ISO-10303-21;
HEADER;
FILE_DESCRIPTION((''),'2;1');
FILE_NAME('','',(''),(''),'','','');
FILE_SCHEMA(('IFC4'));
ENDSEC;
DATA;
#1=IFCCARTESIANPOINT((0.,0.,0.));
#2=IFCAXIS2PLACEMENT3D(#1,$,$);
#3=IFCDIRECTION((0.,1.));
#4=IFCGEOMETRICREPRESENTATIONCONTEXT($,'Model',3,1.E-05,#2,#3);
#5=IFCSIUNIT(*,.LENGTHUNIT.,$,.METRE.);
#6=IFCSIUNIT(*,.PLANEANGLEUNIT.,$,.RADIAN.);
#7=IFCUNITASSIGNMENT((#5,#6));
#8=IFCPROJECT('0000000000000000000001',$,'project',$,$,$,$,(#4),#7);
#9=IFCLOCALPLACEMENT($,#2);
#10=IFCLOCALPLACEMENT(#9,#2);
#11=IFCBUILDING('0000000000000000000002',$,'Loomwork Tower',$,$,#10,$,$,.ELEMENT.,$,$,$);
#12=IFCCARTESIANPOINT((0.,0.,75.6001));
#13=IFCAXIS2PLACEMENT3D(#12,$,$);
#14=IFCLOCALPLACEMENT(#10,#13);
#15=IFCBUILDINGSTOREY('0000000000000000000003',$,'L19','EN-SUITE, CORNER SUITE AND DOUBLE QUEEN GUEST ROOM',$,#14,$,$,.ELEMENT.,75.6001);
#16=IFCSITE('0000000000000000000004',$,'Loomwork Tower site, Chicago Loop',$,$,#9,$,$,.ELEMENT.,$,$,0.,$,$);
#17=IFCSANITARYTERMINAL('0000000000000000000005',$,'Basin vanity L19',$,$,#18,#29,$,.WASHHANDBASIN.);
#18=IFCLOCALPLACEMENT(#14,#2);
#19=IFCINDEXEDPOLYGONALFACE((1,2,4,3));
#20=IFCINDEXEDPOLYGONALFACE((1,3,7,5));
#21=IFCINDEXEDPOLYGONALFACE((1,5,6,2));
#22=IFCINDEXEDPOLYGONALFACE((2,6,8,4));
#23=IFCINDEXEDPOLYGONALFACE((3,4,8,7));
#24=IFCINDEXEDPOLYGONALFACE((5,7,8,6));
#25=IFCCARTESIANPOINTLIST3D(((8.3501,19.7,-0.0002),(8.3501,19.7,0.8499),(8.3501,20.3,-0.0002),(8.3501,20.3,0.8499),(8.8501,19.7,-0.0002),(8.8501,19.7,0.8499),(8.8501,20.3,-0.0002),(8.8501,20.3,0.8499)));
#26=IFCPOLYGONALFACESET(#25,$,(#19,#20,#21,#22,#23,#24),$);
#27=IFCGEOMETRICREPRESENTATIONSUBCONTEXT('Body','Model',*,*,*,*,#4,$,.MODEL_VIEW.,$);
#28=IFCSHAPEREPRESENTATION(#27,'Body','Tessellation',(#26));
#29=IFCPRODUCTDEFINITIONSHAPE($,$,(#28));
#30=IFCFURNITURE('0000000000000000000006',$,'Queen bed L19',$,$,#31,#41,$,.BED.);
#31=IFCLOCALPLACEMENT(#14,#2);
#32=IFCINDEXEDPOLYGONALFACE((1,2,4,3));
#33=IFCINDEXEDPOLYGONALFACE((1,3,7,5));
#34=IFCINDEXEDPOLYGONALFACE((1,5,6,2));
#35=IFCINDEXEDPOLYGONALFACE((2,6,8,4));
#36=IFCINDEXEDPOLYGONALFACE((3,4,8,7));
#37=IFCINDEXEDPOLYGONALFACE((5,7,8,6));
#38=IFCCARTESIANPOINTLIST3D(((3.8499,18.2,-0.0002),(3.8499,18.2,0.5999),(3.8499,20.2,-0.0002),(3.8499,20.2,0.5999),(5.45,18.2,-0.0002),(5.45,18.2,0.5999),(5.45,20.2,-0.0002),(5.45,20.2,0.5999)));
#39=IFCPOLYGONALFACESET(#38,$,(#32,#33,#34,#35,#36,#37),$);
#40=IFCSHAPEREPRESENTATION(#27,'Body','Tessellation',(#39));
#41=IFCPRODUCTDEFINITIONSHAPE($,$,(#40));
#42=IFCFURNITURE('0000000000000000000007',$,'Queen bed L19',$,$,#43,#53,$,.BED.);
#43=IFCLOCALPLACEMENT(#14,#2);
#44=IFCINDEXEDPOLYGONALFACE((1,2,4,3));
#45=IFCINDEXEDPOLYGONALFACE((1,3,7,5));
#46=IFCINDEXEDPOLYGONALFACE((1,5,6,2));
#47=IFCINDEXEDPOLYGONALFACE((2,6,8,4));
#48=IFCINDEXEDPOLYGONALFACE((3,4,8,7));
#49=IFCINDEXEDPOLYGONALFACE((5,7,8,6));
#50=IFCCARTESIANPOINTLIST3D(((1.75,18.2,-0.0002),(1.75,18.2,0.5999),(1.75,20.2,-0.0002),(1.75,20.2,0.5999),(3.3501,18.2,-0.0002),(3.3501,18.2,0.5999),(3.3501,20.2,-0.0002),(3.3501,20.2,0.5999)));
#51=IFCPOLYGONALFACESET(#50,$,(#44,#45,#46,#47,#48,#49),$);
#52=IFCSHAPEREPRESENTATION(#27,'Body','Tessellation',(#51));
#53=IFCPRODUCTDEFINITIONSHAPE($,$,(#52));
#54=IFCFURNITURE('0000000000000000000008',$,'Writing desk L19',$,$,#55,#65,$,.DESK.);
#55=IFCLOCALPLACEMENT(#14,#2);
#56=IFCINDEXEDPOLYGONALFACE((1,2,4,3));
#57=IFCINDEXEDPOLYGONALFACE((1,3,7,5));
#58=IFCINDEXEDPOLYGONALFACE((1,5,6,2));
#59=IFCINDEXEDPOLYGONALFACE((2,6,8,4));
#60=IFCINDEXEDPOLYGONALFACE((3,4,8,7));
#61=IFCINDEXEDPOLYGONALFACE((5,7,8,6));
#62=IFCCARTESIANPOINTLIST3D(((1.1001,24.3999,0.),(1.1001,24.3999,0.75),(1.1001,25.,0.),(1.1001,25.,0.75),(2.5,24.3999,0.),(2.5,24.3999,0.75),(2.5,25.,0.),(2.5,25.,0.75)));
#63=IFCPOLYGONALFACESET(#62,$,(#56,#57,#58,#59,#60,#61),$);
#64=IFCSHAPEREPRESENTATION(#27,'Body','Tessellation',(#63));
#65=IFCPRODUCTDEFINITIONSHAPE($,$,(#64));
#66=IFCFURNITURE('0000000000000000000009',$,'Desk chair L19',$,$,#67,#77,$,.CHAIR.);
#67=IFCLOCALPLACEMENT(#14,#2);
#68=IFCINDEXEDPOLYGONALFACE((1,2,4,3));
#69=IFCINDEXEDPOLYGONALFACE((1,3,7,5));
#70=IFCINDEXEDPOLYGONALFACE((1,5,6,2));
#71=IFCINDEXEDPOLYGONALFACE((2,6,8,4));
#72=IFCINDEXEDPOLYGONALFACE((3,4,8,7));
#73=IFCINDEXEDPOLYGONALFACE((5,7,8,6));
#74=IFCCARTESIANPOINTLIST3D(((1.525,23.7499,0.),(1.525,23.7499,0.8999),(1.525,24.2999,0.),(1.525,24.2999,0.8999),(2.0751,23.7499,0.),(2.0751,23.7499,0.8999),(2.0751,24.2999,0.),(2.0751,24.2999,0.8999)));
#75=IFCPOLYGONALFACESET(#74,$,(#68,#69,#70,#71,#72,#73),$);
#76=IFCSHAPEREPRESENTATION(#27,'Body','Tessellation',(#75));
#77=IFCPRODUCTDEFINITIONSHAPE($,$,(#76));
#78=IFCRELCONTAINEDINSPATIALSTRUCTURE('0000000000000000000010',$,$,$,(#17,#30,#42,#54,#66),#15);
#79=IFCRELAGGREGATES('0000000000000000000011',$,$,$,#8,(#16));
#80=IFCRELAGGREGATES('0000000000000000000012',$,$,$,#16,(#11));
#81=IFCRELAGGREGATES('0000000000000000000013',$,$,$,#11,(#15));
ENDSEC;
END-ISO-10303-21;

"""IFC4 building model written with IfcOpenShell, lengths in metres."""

from ifc_helpers import new_model, si_unit, direction, frame, origin, origin_2d, place, context, subcontext, project, spatial, rectangle, extrude, element, save


model = new_model("IFC4")

# Units and contexts
model_context = context("Model", 3, precision=1e-05, world=origin(), true_north=direction((0.0, 1.0)))
body_context = subcontext(model_context, "Body", "Model", "MODEL_VIEW")
ifc_project = project(units=[si_unit("LENGTHUNIT", "METRE"), si_unit("PLANEANGLEUNIT", "RADIAN")], contexts=[model_context])

# Site, building, storey
site_placement = place(None, origin())
site = spatial("IfcSite", under=ifc_project, at=site_placement, Name="Loomwork Tower site, Chicago Loop", CompositionType="ELEMENT", RefElevation=0.0)
building_placement = place(site_placement, origin())
building = spatial("IfcBuilding", under=site, at=building_placement, Name="Loomwork Tower", CompositionType="ELEMENT")
storey_placement = place(building_placement, frame((0.0, 0.0, 75.6001)))
storey = spatial("IfcBuildingStorey", under=building, at=storey_placement, Name="L19", Description="EN-SUITE, CORNER SUITE AND DOUBLE QUEEN GUEST ROOM", CompositionType="ELEMENT", Elevation=75.6001)

# Sanitary terminal
sanitary_terminal_1_placement = place(storey_placement, frame((8.6001, 20.0, -0.0002), z_axis=(0.0, 0.0, 1.0), x_axis=(1.0, 0.0, 0.0)))
element("IfcSanitaryTerminal", 1, at=sanitary_terminal_1_placement, inside=storey, Name="Basin vanity L19", PredefinedType="WASHHANDBASIN", context=body_context, shape_type="SweptSolid", body=[
    extrude(rectangle(XDim=0.5, YDim=0.6001, at=origin_2d()), origin(), (0.0, 0.0, 1.0), 0.8501),
])

# Furniture
for number, where, z_axis, x_axis, name in (
    (2, (4.6499, 19.2, -0.0002), (0.0, 0.0, 1.0), (1.0, 0.0, 0.0), "Queen bed L19"),
    (3, (2.55, 19.2, -0.0002), (0.0, 0.0, 1.0), (1.0, 0.0, 0.0), "Queen bed L19"),
):
    element("IfcFurniture", number, at=place(storey_placement, frame(where, z_axis=z_axis, x_axis=x_axis)), inside=storey, Name=name, PredefinedType="BED", context=body_context, shape_type="SweptSolid", body=[
        extrude(rectangle(XDim=1.6001, YDim=2.0, at=origin_2d()), origin(), (0.0, 0.0, 1.0), 0.6001),
    ])
furniture_1_placement = place(storey_placement, frame((1.8, 24.7, 0.0), z_axis=(0.0, 0.0, 1.0), x_axis=(1.0, 0.0, 0.0)))
element("IfcFurniture", 4, at=furniture_1_placement, inside=storey, Name="Writing desk L19", PredefinedType="DESK", context=body_context, shape_type="SweptSolid", body=[
    extrude(rectangle(XDim=1.3999, YDim=0.6001, at=origin_2d()), origin(), (0.0, 0.0, 1.0), 0.75),
])
furniture_2_placement = place(storey_placement, frame((1.8, 24.0249, 0.0), z_axis=(0.0, 0.0, 1.0), x_axis=(1.0, 0.0, 0.0)))
element("IfcFurniture", 5, at=furniture_2_placement, inside=storey, Name="Desk chair L19", PredefinedType="CHAIR", context=body_context, shape_type="SweptSolid", body=[
    extrude(rectangle(XDim=0.55, YDim=0.55, at=origin_2d()), origin(), (0.0, 0.0, 1.0), 0.8999),
])

save(model, "model.ifc")
